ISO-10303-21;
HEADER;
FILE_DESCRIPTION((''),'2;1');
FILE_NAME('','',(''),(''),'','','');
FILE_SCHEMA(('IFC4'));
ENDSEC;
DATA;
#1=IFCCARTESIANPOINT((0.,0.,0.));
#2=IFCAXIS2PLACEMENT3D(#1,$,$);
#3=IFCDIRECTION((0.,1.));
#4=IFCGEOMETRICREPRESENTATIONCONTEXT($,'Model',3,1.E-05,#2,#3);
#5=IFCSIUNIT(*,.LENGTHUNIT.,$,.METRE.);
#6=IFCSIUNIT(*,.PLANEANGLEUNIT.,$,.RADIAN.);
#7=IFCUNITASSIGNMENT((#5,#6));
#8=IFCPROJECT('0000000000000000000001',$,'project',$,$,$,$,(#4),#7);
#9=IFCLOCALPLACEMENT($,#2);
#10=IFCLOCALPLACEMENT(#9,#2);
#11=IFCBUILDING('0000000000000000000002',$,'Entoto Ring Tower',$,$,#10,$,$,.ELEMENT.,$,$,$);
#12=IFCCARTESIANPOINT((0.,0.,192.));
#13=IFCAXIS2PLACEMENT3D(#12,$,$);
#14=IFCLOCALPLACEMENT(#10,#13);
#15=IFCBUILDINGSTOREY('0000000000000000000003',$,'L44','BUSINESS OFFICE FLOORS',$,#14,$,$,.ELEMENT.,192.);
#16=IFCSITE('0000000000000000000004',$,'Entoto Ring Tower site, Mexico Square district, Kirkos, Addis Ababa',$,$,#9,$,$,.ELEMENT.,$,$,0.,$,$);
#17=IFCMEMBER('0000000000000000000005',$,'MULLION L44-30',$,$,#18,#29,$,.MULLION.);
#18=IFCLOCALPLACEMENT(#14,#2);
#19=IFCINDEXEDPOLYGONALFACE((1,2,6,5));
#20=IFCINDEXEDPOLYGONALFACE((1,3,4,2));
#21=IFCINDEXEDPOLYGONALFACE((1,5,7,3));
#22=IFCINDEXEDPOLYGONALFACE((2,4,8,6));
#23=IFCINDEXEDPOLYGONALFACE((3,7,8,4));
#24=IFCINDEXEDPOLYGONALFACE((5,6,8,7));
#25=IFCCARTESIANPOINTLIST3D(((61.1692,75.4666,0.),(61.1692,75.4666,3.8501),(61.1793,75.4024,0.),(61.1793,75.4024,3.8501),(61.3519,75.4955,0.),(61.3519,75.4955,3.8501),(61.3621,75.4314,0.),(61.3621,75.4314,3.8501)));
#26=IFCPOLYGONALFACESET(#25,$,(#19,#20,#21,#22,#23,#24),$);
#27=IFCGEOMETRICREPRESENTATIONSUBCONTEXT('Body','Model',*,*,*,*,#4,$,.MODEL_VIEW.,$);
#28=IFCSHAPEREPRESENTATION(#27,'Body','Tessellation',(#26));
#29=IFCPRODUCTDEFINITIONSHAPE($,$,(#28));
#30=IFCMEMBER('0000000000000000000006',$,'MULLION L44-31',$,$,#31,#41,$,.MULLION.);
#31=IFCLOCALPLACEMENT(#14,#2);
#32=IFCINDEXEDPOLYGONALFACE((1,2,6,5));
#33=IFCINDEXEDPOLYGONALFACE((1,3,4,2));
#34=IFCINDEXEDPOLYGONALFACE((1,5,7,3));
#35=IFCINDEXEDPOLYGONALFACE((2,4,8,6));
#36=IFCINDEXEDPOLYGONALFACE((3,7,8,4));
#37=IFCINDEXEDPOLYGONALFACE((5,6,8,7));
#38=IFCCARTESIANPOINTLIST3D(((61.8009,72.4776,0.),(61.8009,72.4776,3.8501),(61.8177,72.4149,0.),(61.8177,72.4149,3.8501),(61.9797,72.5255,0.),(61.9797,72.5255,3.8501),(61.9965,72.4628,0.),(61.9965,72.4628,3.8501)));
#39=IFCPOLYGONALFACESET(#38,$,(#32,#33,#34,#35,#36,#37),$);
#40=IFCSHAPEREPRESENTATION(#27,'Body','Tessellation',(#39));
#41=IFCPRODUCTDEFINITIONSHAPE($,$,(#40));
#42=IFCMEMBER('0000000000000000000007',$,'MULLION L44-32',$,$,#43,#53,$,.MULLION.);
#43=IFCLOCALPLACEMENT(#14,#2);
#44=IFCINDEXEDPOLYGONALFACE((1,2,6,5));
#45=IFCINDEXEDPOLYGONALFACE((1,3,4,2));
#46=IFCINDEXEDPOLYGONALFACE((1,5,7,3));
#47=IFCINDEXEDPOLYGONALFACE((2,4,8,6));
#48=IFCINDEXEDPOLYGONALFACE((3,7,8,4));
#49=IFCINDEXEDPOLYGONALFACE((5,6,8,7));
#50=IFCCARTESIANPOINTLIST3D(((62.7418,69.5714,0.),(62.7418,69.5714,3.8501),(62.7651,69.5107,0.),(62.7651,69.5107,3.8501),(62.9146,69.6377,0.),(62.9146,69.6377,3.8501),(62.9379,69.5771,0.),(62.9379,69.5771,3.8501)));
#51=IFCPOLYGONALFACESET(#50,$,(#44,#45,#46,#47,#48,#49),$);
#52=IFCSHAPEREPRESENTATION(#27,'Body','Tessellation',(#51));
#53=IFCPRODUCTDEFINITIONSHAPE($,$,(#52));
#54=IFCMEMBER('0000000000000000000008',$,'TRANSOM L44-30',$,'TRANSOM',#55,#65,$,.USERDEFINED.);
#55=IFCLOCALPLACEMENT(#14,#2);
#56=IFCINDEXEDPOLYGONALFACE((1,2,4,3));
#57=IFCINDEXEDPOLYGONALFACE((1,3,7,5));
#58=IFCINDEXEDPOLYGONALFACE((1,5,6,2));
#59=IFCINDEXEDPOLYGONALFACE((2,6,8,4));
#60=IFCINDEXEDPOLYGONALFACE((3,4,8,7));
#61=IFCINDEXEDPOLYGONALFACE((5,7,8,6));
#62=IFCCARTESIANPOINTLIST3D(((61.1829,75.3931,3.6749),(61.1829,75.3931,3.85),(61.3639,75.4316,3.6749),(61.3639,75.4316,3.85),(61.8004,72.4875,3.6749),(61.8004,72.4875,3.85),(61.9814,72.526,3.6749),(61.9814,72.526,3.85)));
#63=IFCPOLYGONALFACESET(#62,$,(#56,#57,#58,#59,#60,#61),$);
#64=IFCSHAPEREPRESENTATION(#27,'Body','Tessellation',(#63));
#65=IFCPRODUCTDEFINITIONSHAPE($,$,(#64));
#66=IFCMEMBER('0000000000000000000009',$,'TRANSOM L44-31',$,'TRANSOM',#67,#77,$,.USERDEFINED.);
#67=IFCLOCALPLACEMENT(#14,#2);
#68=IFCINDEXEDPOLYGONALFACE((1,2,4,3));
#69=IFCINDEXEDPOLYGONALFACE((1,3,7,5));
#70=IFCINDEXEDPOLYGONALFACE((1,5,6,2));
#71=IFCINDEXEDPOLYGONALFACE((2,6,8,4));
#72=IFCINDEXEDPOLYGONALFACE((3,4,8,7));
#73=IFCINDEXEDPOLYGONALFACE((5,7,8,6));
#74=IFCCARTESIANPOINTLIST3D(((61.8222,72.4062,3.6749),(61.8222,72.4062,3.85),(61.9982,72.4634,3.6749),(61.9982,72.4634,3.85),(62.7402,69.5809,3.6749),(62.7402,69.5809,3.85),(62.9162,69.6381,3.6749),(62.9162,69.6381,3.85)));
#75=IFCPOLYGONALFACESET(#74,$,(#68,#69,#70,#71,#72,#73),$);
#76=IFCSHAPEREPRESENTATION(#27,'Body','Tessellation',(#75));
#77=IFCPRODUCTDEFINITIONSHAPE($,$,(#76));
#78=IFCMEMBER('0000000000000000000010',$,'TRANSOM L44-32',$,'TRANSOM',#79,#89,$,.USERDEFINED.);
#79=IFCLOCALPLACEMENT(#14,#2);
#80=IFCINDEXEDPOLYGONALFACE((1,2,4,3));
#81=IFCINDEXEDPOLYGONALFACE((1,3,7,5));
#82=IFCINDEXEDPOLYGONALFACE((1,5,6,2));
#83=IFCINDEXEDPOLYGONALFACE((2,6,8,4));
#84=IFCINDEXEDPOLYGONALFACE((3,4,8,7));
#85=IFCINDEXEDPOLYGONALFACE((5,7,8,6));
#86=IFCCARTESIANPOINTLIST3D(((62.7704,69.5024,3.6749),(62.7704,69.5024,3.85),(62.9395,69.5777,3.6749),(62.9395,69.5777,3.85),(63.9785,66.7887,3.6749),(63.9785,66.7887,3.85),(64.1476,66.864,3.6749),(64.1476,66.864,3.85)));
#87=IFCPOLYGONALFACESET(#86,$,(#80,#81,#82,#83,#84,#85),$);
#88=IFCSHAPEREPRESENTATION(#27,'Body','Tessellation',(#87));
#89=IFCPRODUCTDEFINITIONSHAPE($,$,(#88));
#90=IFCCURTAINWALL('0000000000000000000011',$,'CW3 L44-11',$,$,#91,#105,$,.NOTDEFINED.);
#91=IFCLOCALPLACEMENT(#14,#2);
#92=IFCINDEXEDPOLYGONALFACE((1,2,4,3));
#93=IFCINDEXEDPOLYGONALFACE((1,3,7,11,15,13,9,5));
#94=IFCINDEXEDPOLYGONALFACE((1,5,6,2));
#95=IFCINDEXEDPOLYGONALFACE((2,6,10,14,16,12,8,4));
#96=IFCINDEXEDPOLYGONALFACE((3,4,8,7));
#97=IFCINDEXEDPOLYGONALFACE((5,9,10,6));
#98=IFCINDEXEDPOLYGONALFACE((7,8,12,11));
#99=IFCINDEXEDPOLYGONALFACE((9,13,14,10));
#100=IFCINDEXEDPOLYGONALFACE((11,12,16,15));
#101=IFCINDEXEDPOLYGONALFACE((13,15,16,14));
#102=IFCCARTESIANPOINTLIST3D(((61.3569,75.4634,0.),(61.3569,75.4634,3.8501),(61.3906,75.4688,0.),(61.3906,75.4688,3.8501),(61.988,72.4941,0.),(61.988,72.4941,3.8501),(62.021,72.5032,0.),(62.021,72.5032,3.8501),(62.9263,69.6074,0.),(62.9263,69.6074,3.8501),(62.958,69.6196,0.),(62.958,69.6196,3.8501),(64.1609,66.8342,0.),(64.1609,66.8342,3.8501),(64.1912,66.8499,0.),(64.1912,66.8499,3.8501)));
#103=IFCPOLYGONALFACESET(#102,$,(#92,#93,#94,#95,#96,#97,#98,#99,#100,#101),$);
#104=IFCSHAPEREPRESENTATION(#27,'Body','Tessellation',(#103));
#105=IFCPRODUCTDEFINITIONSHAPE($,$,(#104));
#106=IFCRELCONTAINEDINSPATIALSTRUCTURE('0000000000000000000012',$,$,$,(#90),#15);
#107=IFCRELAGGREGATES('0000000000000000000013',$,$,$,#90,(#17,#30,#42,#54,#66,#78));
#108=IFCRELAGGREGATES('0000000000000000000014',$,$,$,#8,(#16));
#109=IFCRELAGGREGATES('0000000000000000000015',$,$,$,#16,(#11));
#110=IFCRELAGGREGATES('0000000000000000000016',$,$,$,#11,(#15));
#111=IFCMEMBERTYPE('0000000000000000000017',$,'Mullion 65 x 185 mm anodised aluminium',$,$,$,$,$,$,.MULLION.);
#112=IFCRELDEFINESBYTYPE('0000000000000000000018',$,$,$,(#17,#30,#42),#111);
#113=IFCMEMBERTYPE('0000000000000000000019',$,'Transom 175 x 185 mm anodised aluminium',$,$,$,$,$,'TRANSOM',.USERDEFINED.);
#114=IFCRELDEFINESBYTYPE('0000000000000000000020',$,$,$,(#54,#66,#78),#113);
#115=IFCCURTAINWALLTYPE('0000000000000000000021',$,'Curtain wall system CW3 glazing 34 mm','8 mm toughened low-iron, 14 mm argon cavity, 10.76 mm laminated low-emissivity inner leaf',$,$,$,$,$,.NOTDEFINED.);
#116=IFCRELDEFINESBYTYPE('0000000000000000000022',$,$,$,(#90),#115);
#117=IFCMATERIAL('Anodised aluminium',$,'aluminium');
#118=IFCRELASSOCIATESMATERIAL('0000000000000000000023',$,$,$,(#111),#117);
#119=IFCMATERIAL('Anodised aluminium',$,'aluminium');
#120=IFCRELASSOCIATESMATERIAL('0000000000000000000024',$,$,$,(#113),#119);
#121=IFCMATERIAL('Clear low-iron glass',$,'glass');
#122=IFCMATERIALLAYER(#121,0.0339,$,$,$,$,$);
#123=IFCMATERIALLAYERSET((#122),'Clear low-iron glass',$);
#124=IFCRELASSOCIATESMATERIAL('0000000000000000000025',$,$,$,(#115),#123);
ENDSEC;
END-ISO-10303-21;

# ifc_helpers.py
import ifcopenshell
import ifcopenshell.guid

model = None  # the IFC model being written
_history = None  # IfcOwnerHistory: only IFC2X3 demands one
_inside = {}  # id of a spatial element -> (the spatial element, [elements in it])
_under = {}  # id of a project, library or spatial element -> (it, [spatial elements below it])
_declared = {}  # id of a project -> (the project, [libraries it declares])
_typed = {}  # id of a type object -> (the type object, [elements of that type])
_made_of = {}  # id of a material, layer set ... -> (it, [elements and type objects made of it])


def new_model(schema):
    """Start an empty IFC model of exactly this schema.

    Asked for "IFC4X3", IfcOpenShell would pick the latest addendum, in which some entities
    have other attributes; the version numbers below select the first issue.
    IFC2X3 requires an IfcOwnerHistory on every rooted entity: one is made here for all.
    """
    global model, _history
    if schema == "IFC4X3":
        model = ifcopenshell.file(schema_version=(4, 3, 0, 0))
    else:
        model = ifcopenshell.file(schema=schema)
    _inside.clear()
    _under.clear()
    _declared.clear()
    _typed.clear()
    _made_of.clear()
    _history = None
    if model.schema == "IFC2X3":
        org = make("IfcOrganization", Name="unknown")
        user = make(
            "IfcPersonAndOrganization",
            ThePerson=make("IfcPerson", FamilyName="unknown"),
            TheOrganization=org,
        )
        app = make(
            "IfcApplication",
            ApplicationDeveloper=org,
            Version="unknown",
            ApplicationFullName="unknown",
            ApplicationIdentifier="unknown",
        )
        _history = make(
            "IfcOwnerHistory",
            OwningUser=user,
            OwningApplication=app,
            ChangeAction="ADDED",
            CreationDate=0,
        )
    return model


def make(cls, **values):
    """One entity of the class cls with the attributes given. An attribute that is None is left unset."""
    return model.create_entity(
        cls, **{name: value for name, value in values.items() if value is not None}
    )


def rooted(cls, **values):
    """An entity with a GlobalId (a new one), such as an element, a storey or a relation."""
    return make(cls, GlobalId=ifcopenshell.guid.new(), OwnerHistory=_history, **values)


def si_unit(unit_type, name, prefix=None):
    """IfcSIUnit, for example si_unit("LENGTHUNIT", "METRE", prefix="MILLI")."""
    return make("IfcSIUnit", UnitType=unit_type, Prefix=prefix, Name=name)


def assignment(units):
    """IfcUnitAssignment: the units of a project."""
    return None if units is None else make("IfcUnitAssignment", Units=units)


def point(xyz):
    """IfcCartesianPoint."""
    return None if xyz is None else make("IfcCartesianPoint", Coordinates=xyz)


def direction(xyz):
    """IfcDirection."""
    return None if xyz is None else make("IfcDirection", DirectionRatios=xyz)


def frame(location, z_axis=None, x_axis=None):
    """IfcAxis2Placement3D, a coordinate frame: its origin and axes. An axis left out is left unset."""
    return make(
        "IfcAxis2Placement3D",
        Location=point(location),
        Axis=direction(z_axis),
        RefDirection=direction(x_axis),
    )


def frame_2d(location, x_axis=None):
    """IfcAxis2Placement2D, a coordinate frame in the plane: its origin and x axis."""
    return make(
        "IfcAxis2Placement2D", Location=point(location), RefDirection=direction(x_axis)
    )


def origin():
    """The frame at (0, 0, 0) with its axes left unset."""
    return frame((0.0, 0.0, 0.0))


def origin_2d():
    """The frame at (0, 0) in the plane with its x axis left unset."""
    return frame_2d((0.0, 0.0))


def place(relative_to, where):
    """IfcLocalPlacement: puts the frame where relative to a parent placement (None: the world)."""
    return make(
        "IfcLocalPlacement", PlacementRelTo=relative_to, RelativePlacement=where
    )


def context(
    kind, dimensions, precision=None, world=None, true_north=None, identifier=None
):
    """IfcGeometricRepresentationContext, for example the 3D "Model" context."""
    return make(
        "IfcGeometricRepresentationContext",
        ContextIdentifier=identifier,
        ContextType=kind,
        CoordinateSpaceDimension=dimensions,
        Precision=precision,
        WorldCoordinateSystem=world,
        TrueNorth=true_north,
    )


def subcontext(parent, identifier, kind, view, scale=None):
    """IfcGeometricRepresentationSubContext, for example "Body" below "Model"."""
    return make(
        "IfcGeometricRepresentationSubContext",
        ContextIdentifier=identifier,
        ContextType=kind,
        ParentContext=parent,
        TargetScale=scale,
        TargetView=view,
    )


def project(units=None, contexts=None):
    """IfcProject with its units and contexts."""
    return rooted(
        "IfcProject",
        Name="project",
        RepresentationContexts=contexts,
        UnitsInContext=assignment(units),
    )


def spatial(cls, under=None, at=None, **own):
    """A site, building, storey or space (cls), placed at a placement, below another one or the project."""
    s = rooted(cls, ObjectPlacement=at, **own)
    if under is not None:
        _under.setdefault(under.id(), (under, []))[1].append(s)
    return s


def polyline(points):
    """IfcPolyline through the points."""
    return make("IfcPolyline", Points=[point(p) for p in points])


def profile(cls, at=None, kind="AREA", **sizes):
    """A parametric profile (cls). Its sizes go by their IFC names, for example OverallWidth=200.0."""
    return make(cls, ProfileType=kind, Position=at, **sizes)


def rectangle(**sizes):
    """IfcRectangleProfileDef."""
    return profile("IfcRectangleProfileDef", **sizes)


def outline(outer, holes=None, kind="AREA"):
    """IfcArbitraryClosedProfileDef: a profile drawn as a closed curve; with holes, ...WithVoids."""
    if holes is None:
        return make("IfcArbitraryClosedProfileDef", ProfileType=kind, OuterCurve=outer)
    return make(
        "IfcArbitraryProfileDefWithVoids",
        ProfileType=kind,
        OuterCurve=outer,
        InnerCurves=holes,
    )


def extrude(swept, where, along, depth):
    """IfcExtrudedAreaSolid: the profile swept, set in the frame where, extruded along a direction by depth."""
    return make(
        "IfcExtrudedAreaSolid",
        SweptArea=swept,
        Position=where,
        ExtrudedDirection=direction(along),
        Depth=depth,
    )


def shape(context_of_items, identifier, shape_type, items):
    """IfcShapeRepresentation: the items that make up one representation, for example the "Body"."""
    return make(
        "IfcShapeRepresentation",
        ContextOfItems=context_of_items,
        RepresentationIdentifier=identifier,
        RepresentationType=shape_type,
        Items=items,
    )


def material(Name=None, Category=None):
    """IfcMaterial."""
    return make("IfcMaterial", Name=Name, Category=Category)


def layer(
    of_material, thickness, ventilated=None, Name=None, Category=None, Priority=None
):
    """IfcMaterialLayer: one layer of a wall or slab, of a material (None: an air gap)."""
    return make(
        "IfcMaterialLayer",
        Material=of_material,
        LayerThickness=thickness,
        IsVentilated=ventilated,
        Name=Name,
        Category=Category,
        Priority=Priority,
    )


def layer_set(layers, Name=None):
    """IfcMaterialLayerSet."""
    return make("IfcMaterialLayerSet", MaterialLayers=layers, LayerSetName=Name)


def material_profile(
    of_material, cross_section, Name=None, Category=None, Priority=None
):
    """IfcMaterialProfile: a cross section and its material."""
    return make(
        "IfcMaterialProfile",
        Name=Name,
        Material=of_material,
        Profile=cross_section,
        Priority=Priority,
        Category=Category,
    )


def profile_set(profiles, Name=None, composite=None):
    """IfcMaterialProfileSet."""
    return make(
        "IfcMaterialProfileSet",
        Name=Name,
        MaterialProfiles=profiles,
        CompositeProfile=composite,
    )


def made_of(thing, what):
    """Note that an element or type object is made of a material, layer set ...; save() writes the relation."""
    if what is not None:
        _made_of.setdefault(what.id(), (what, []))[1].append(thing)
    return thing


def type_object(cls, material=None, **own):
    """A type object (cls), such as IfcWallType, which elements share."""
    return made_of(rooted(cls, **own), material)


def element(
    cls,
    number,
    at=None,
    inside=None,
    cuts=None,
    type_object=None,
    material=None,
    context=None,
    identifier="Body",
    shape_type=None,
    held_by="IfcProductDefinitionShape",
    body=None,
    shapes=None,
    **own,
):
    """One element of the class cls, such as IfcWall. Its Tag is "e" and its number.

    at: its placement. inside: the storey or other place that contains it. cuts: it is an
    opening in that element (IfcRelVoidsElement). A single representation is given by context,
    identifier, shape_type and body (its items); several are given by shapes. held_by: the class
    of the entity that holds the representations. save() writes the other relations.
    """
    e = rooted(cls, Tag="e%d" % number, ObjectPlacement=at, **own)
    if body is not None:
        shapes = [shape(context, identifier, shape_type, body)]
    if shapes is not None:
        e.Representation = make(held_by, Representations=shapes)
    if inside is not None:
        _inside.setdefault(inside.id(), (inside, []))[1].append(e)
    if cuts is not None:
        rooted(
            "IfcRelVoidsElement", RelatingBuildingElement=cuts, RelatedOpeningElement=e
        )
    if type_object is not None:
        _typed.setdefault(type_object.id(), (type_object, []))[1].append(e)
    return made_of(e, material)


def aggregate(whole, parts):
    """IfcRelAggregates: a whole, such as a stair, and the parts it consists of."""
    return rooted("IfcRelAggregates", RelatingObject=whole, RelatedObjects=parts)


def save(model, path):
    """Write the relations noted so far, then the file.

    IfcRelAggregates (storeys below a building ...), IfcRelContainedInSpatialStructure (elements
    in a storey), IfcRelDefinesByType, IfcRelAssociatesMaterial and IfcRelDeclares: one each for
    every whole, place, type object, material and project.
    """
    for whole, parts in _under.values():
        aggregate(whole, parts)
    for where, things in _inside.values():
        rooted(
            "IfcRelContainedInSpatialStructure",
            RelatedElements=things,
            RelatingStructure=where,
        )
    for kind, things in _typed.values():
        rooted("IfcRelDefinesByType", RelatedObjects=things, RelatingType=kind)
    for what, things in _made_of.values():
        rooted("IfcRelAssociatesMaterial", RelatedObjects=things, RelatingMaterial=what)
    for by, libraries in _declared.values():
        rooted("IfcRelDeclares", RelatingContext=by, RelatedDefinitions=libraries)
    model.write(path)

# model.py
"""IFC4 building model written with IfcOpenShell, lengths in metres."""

from ifc_helpers import new_model, si_unit, direction, frame, origin, origin_2d, place, context, subcontext, project, spatial, polyline, rectangle, outline, extrude, material, layer, layer_set, material_profile, profile_set, type_object, element, aggregate, save


model = new_model("IFC4")

# Units and contexts
model_context = context("Model", 3, precision=1e-05, world=origin(), true_north=direction((0.0, 1.0)))
body_context = subcontext(model_context, "Body", "Model", "MODEL_VIEW")
ifc_project = project(units=[si_unit("LENGTHUNIT", "METRE"), si_unit("PLANEANGLEUNIT", "RADIAN")], contexts=[model_context])

# Members
ifc_material_1 = material(Name="Anodised aluminium", Category="aluminium")
ifc_material_profile_1 = material_profile(ifc_material_1, rectangle(XDim=0.0649, YDim=0.1851, at=origin_2d()), Name="Mullion 65 x 185 mm anodised aluminium")
ifc_profile_set_1 = profile_set([ifc_material_profile_1], Name="Anodised aluminium")
member_type_1 = type_object("IfcMemberType", Name="Mullion 65 x 185 mm anodised aluminium", PredefinedType="MULLION", material=ifc_profile_set_1)
site_placement = place(None, origin())
building_placement = place(site_placement, origin())
storey_placement = place(building_placement, frame((0.0, 0.0, 192.0)))
member_1_placement = place(storey_placement, frame((61.2656, 75.449, 0.0), z_axis=(0.0, 0.0, 1.0), x_axis=(0.156434, -0.987688, 0.0)))
member_1 = element("IfcMember", 1, at=member_1_placement, type_object=member_type_1, Name="MULLION L44-30", PredefinedType="MULLION", context=body_context, shape_type="SweptSolid", body=[
    extrude(rectangle(XDim=0.0649, YDim=0.1851, at=origin_2d()), origin(), (0.0, 0.0, 1.0), 3.8501),
])
member_2_placement = place(storey_placement, frame((61.8987, 72.4702, 0.0), z_axis=(0.0, 0.0, 1.0), x_axis=(0.258819, -0.965926, 0.0)))
member_2 = element("IfcMember", 2, at=member_2_placement, type_object=member_type_1, Name="MULLION L44-31", PredefinedType="MULLION", context=body_context, shape_type="SweptSolid", body=[
    extrude(rectangle(XDim=0.0649, YDim=0.1851, at=origin_2d()), origin(), (0.0, 0.0, 1.0), 3.8501),
])
member_3_placement = place(storey_placement, frame((62.8398, 69.5742, 0.0), z_axis=(0.0, 0.0, 1.0), x_axis=(0.358368, -0.93358, 0.0)))
member_3 = element("IfcMember", 3, at=member_3_placement, type_object=member_type_1, Name="MULLION L44-32", PredefinedType="MULLION", context=body_context, shape_type="SweptSolid", body=[
    extrude(rectangle(XDim=0.0649, YDim=0.1851, at=origin_2d()), origin(), (0.0, 0.0, 1.0), 3.8501),
])
ifc_material_2 = material(Name="Anodised aluminium", Category="aluminium")
ifc_material_profile_2 = material_profile(ifc_material_2, rectangle(XDim=0.1851, YDim=0.175, at=origin_2d()), Name="Transom 175 x 185 mm anodised aluminium")
ifc_profile_set_2 = profile_set([ifc_material_profile_2], Name="Anodised aluminium")
member_type_2 = type_object("IfcMemberType", Name="Transom 175 x 185 mm anodised aluminium", ElementType="TRANSOM", PredefinedType="USERDEFINED", material=ifc_profile_set_2)
member_4_placement = place(storey_placement, frame((61.2734, 75.4124, 3.7625), z_axis=(0.207862, -0.978158, 0.0), x_axis=(0.978158, 0.207862, 0.0)))
member_4 = element("IfcMember", 4, at=member_4_placement, type_object=member_type_2, Name="TRANSOM L44-30", ObjectType="TRANSOM", PredefinedType="USERDEFINED", context=body_context, shape_type="SweptSolid", body=[
    extrude(rectangle(XDim=0.1851, YDim=0.175, at=origin_2d()), origin(), (0.0, 0.0, 1.0), 2.9705),
])
member_5_placement = place(storey_placement, frame((61.9102, 72.4348, 3.7625), z_axis=(0.309019, -0.951056, 0.0), x_axis=(0.951056, 0.309019, 0.0)))
member_5 = element("IfcMember", 5, at=member_5_placement, type_object=member_type_2, Name="TRANSOM L44-31", ObjectType="TRANSOM", PredefinedType="USERDEFINED", context=body_context, shape_type="SweptSolid", body=[
    extrude(rectangle(XDim=0.1851, YDim=0.175, at=origin_2d()), origin(), (0.0, 0.0, 1.0), 2.9707),
])
member_6_placement = place(storey_placement, frame((62.855, 69.54, 3.7625), z_axis=(0.406687, -0.913567, 0.0), x_axis=(0.913567, 0.406687, 0.0)))
member_6 = element("IfcMember", 6, at=member_6_placement, type_object=member_type_2, Name="TRANSOM L44-32", ObjectType="TRANSOM", PredefinedType="USERDEFINED", context=body_context, shape_type="SweptSolid", body=[
    extrude(rectangle(XDim=0.1851, YDim=0.175, at=origin_2d()), origin(), (0.0, 0.0, 1.0), 2.9705),
])

# Site, building, storey
site = spatial("IfcSite", under=ifc_project, at=site_placement, Name="Entoto Ring Tower site, Mexico Square district, Kirkos, Addis Ababa", CompositionType="ELEMENT", RefElevation=0.0)
building = spatial("IfcBuilding", under=site, at=building_placement, Name="Entoto Ring Tower", CompositionType="ELEMENT")
storey = spatial("IfcBuildingStorey", under=building, at=storey_placement, Name="L44", Description="BUSINESS OFFICE FLOORS", CompositionType="ELEMENT", Elevation=192.0)

# Curtain wall
ifc_material_3 = material(Name="Clear low-iron glass", Category="glass")
ifc_layer = layer(ifc_material_3, 0.0339)
ifc_layer_set = layer_set([ifc_layer], Name="Clear low-iron glass")
curtain_wall_type = type_object("IfcCurtainWallType", Name="Curtain wall system CW3 glazing 34 mm", Description="8 mm toughened low-iron, 14 mm argon cavity, 10.76 mm laminated low-emissivity inner leaf", PredefinedType="NOTDEFINED", material=ifc_layer_set)
curtain_wall_1_placement = place(storey_placement, origin())
curtain_wall_1 = element("IfcCurtainWall", 7, at=curtain_wall_1_placement, inside=storey, type_object=curtain_wall_type, Name="CW3 L44-11", PredefinedType="NOTDEFINED", context=body_context, shape_type="SweptSolid", body=[
    extrude(outline(polyline([(61.3569, 75.4634), (61.988, 72.4941), (62.9263, 69.6074), (64.1609, 66.8342), (64.1912, 66.8499), (62.958, 69.6196), (62.021, 72.5032), (61.3906, 75.4688), (61.3569, 75.4634)])), origin(), (0.0, 0.0, 1.0), 3.8501),
])
aggregate(curtain_wall_1, [member_1, member_2, member_3, member_4, member_5, member_6])

save(model, "model.ifc")
